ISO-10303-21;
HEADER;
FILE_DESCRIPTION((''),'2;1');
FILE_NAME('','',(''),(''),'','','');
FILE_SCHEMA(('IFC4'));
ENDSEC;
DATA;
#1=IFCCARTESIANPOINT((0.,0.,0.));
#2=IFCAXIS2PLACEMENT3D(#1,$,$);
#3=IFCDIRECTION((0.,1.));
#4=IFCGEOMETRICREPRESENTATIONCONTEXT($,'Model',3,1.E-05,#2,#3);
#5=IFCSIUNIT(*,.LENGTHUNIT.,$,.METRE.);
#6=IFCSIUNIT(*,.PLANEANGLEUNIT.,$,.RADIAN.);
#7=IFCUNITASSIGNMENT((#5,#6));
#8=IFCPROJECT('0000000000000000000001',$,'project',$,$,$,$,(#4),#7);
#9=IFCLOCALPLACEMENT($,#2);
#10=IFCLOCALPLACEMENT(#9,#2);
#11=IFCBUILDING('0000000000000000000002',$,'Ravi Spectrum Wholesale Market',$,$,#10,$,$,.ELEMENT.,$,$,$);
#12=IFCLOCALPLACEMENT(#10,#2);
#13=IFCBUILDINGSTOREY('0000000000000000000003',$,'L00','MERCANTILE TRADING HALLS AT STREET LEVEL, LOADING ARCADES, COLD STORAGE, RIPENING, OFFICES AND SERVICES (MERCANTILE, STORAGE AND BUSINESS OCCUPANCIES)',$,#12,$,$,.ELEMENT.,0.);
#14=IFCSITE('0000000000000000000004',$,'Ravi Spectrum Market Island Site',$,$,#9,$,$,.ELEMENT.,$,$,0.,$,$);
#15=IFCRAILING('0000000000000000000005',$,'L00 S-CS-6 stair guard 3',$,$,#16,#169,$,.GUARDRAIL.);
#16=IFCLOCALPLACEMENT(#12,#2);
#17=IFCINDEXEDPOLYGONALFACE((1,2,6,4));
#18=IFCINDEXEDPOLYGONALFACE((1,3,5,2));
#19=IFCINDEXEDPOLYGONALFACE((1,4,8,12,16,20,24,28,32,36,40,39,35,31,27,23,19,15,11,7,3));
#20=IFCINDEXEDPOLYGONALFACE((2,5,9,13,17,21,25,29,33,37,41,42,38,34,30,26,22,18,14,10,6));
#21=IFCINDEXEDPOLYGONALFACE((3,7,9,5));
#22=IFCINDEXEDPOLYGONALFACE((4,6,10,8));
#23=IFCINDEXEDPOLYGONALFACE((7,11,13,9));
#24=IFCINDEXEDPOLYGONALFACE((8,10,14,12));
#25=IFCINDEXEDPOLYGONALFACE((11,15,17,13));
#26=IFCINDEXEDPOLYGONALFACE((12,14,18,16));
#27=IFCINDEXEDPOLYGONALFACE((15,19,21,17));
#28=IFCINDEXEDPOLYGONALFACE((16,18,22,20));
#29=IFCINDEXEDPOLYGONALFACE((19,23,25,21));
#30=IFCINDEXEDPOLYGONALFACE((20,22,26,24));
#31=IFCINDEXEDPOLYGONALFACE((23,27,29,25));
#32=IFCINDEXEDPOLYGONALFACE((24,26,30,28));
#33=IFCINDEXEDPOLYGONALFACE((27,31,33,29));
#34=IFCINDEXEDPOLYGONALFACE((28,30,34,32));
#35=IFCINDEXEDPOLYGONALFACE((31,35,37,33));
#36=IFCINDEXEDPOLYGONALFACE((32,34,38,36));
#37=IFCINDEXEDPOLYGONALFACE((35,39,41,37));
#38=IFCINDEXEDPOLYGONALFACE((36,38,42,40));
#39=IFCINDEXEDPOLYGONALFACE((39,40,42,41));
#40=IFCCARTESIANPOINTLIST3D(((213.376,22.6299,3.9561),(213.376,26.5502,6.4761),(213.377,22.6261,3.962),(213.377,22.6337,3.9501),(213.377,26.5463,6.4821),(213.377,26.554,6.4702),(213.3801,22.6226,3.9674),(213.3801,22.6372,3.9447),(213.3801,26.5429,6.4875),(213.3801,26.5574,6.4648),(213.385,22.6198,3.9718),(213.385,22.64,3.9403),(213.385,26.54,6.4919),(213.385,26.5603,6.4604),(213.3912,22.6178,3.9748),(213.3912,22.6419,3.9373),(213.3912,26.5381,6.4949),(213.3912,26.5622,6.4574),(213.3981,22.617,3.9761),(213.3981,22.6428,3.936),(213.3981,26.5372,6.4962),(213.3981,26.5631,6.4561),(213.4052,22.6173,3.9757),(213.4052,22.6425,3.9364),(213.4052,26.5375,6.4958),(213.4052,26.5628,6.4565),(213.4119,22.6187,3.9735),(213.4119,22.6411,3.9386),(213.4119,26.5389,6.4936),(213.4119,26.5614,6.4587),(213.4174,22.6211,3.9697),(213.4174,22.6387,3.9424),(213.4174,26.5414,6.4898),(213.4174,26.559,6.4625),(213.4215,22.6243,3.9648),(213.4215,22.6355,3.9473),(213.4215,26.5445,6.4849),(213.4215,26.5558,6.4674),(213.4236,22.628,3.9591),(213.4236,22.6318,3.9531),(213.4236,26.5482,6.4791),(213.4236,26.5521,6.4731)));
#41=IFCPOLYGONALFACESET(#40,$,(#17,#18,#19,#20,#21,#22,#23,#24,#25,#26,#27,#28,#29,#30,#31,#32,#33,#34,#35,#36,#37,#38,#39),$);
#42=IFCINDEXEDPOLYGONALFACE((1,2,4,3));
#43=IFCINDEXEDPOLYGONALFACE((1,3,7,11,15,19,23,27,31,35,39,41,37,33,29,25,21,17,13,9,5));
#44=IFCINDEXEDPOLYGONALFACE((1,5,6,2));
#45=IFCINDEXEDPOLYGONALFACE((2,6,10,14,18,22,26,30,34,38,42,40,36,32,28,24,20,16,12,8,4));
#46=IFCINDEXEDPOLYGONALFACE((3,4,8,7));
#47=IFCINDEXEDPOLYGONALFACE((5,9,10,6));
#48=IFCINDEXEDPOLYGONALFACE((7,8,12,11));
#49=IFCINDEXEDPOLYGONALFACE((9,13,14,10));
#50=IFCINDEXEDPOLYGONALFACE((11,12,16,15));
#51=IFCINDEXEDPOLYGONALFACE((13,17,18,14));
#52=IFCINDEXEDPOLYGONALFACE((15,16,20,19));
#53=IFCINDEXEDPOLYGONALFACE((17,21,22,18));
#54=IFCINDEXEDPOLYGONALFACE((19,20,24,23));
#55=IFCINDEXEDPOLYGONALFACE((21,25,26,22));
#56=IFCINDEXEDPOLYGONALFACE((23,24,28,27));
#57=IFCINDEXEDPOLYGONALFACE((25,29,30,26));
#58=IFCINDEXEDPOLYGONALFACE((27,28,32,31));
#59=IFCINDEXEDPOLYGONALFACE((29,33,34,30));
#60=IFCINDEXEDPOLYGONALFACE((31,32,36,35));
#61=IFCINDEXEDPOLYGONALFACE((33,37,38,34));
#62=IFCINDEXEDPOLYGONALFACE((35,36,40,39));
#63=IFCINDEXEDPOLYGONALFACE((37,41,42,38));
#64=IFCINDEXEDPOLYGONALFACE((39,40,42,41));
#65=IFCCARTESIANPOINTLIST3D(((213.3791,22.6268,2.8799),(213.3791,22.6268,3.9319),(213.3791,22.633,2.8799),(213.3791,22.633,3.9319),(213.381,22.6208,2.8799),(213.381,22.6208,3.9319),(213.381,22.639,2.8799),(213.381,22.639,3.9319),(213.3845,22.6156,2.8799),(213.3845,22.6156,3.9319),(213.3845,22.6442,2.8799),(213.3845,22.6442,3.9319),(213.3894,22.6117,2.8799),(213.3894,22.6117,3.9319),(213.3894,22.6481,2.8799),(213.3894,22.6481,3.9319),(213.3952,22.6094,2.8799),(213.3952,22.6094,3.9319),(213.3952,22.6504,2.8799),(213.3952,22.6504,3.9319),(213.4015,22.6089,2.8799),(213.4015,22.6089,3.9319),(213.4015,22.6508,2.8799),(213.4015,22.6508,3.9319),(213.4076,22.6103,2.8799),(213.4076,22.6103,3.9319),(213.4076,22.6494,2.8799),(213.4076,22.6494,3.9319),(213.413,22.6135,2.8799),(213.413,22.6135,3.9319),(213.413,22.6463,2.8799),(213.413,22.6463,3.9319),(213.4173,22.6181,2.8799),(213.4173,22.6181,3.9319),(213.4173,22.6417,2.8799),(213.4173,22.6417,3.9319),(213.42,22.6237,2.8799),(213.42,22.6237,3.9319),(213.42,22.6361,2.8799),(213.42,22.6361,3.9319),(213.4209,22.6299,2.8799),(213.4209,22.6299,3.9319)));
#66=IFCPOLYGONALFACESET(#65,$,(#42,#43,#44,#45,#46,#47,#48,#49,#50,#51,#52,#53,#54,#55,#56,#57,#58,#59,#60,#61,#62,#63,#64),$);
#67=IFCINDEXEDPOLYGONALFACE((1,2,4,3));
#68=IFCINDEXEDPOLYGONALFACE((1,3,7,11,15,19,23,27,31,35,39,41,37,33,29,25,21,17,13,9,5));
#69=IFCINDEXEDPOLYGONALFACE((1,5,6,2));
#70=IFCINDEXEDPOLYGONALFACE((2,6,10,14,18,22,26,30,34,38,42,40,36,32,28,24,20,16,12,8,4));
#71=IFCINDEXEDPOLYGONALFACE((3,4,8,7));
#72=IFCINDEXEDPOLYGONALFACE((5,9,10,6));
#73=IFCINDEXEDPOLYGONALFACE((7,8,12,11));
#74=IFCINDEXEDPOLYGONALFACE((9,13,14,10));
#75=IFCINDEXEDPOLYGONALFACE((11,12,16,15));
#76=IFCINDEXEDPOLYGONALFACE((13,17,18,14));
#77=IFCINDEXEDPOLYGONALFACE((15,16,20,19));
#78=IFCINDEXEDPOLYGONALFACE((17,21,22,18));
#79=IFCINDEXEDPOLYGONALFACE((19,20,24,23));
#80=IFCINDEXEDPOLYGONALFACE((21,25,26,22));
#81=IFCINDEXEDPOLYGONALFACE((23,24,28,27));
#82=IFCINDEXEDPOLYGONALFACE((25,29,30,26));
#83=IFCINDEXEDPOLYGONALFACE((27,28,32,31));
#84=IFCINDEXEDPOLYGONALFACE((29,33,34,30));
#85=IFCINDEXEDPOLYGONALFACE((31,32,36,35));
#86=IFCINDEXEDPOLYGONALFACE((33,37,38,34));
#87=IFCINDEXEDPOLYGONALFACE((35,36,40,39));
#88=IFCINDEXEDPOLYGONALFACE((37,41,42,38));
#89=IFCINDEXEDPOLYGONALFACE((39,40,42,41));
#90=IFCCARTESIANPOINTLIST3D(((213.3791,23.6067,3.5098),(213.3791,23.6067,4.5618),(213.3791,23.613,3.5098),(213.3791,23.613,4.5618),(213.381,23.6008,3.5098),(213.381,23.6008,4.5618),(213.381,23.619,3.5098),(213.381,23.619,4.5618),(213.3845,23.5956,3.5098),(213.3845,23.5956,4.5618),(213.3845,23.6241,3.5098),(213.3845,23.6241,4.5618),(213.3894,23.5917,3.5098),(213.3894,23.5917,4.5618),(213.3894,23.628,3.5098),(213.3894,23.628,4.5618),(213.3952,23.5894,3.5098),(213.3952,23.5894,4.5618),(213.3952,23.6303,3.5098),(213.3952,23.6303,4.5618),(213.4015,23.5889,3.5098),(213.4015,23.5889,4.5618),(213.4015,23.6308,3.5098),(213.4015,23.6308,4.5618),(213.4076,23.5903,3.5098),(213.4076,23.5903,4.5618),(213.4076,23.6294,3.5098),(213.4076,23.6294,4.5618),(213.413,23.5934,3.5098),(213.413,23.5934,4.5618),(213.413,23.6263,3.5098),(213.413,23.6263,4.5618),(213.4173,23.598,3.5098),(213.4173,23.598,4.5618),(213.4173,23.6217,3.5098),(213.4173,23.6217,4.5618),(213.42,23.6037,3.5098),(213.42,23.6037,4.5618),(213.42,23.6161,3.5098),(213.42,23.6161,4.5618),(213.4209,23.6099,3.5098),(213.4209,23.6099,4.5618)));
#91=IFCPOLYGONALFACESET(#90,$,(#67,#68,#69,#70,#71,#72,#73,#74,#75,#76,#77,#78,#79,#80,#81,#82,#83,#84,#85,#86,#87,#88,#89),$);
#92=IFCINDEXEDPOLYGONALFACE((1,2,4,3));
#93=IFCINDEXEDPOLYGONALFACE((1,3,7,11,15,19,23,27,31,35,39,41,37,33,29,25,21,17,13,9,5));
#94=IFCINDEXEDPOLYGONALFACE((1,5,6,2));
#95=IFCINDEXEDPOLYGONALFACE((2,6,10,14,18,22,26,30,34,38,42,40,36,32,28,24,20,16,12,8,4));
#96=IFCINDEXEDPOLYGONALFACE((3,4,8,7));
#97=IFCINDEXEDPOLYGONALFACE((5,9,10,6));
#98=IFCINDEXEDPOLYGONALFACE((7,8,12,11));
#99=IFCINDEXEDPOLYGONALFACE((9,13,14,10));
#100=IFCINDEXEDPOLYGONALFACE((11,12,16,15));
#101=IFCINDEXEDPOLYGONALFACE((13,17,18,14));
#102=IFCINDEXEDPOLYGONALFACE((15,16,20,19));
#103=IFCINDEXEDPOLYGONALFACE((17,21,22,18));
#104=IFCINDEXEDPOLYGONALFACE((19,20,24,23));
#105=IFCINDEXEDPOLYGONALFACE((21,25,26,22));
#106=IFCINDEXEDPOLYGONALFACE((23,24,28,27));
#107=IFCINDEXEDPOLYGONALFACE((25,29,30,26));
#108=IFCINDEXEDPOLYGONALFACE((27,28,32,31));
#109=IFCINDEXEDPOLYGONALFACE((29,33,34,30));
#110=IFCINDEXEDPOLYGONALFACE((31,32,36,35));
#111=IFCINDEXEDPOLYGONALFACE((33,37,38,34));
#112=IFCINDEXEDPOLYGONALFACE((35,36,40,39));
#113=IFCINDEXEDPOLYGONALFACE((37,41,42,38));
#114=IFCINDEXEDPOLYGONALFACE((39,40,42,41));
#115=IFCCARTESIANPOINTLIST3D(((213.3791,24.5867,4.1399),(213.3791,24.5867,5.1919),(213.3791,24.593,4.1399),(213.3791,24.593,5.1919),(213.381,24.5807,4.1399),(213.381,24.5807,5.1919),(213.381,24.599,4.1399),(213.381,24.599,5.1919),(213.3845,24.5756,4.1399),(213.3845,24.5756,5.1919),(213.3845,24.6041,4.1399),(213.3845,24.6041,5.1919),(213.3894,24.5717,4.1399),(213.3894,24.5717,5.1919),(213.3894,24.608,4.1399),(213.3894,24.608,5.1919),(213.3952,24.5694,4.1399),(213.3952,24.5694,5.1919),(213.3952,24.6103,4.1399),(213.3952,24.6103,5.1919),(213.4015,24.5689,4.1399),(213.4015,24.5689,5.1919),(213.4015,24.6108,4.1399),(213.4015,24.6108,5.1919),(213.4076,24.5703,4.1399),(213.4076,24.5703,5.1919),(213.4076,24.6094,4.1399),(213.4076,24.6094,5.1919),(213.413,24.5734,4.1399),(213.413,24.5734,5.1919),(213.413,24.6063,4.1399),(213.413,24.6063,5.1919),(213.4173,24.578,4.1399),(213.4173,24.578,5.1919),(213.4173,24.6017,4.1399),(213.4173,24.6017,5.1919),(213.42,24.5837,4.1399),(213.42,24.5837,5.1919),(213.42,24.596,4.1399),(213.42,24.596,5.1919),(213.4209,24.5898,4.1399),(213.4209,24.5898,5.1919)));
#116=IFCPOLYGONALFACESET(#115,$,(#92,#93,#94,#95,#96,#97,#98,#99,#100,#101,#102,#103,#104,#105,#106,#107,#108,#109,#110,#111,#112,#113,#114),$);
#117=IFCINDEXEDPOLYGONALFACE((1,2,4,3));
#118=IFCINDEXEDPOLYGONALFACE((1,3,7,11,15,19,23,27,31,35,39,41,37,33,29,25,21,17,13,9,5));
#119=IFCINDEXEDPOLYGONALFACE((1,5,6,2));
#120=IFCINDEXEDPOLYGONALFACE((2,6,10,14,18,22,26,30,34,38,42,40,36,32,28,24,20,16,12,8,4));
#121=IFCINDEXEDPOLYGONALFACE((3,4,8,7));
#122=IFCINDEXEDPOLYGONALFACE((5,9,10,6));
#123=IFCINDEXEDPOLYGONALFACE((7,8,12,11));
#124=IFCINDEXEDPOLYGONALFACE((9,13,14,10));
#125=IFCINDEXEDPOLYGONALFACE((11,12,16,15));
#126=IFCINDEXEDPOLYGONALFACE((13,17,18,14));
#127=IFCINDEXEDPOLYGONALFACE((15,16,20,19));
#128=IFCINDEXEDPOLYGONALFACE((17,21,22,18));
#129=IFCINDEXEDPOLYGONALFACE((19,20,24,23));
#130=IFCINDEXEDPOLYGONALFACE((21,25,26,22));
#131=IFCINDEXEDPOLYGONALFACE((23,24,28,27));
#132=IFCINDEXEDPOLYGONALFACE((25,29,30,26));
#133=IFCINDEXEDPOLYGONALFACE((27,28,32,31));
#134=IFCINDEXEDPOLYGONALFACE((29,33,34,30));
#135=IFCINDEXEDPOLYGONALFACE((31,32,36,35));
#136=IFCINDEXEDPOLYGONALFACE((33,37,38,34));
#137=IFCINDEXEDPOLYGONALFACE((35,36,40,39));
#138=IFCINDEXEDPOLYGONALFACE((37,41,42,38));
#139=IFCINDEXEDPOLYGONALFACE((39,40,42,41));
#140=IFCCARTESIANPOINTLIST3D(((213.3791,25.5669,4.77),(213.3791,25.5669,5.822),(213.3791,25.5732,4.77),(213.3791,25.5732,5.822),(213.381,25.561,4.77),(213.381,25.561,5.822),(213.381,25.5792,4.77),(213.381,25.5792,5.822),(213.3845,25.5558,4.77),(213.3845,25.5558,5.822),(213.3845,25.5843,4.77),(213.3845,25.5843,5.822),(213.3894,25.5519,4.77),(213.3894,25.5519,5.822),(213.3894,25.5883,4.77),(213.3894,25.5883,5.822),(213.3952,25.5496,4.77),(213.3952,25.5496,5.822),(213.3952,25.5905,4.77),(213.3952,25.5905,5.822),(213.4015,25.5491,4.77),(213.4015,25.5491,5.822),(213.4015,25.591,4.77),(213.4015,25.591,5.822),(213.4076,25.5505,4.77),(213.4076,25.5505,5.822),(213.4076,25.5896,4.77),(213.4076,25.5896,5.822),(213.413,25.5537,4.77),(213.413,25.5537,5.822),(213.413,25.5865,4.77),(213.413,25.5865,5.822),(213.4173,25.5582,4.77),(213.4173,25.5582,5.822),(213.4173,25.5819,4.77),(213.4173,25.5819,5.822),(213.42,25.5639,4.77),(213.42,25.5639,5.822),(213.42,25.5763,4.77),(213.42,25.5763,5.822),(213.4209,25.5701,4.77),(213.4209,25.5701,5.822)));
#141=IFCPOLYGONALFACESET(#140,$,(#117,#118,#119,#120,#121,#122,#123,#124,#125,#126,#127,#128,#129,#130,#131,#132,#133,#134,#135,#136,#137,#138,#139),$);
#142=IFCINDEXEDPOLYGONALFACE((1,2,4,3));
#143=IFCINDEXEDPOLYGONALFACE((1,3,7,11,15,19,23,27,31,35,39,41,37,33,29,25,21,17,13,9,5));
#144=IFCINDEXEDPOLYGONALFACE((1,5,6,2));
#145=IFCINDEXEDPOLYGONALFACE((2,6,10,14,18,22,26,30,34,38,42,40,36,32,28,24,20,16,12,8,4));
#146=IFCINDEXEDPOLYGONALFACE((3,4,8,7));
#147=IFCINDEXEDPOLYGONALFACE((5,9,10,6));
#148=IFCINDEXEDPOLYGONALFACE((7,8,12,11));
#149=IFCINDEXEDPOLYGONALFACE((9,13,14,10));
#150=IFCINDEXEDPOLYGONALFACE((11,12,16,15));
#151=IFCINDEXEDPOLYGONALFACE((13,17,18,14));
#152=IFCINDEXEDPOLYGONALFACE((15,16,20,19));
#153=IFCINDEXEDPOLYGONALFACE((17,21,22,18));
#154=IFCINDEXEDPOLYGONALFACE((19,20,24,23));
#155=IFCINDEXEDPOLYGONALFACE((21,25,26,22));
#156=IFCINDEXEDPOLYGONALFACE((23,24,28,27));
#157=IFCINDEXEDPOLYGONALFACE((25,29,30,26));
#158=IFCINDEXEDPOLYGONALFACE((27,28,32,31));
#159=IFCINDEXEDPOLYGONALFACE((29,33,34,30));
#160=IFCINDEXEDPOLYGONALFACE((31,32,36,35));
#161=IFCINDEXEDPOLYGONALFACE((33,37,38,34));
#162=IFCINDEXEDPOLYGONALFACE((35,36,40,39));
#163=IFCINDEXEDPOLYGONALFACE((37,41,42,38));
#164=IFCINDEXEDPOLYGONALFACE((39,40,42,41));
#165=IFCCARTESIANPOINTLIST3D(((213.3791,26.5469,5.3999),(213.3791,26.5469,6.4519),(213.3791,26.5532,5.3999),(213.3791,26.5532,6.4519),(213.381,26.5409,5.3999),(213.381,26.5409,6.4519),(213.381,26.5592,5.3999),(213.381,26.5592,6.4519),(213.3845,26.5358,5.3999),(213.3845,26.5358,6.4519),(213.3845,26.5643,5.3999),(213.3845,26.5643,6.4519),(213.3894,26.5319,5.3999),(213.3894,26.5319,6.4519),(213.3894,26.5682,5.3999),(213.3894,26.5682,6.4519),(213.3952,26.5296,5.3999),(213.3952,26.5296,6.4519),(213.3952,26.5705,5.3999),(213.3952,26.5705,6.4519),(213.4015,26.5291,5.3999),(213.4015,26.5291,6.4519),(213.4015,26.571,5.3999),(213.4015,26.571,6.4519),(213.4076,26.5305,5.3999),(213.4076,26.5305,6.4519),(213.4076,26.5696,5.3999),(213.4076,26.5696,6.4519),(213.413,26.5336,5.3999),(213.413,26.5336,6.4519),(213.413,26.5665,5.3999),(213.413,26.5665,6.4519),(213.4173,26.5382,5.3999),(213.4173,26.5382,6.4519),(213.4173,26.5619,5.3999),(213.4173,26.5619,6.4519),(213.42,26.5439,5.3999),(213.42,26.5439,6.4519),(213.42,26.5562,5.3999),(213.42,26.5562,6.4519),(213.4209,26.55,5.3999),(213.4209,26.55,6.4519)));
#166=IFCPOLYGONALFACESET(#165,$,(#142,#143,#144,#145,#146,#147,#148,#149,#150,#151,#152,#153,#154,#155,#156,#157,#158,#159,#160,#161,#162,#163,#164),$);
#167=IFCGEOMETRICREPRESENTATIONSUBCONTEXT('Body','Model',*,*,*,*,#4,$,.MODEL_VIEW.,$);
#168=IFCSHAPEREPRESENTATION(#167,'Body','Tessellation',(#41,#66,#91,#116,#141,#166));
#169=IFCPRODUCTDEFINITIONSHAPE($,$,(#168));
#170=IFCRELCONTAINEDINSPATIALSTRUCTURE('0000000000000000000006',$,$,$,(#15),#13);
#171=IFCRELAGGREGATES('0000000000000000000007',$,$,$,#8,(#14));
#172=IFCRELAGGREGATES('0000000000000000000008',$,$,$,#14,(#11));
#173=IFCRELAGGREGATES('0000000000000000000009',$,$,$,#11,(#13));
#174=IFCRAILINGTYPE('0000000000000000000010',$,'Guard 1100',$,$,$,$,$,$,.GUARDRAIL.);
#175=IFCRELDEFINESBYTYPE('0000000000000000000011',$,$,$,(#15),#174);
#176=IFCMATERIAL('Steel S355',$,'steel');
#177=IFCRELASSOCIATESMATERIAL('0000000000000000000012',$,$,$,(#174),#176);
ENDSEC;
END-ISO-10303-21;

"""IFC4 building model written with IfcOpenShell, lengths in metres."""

from ifc_helpers import new_model, si_unit, direction, frame, origin, origin_2d, place, context, subcontext, project, spatial, circle, extrude, material, type_object, element, save


model = new_model("IFC4")

# Units and contexts
model_context = context("Model", 3, precision=1e-05, world=origin(), true_north=direction((0.0, 1.0)))
body_context = subcontext(model_context, "Body", "Model", "MODEL_VIEW")
ifc_project = project(units=[si_unit("LENGTHUNIT", "METRE"), si_unit("PLANEANGLEUNIT", "RADIAN")], contexts=[model_context])

# Site, building, storey
site_placement = place(None, origin())
site = spatial("IfcSite", under=ifc_project, at=site_placement, Name="Ravi Spectrum Market Island Site", CompositionType="ELEMENT", RefElevation=0.0)
building_placement = place(site_placement, origin())
building = spatial("IfcBuilding", under=site, at=building_placement, Name="Ravi Spectrum Wholesale Market", CompositionType="ELEMENT")
storey_placement = place(building_placement, origin())
storey = spatial("IfcBuildingStorey", under=building, at=storey_placement, Name="L00", Description="MERCANTILE TRADING HALLS AT STREET LEVEL, LOADING ARCADES, COLD STORAGE, RIPENING, OFFICES AND SERVICES (MERCANTILE, STORAGE AND BUSINESS OCCUPANCIES)", CompositionType="ELEMENT", Elevation=0.0)

# Railing
ifc_material_1 = material(Name="Steel S355", Category="steel")
railing_type_1 = type_object("IfcRailingType", Name="Guard 1100", PredefinedType="GUARDRAIL", material=ifc_material_1)
railing_1_placement = place(storey_placement, frame((213.3999, 22.6299, 2.8799)))
element("IfcRailing", 1, at=railing_1_placement, inside=storey, type_object=railing_type_1, Name="L00 S-CS-6 stair guard 3", PredefinedType="GUARDRAIL", context=body_context, shape_type="SweptSolid", body=[
    extrude(circle(Radius=0.0239, at=origin_2d()), frame((0.0, 0.0, 1.0762), z_axis=(0.0, 0.841187, 0.540744), x_axis=(-1.0, 0.0, 0.0)), (0.0, 0.0, 1.0), 4.6604),
    extrude(circle(Radius=0.021, at=origin_2d()), origin(), (0.0, 0.0, 1.0), 1.052),
    extrude(circle(Radius=0.021, at=origin_2d()), frame((0.0, 0.98, 0.6299)), (0.0, 0.0, 1.0), 1.052),
    extrude(circle(Radius=0.021, at=origin_2d()), frame((0.0, 1.96, 1.26)), (0.0, 0.0, 1.0), 1.052),
    extrude(circle(Radius=0.021, at=origin_2d()), frame((0.0, 2.9402, 1.8901)), (0.0, 0.0, 1.0), 1.052),
    extrude(circle(Radius=0.021, at=origin_2d()), frame((0.0, 3.9202, 2.52)), (0.0, 0.0, 1.0), 1.052),
])

save(model, "model.ifc")
